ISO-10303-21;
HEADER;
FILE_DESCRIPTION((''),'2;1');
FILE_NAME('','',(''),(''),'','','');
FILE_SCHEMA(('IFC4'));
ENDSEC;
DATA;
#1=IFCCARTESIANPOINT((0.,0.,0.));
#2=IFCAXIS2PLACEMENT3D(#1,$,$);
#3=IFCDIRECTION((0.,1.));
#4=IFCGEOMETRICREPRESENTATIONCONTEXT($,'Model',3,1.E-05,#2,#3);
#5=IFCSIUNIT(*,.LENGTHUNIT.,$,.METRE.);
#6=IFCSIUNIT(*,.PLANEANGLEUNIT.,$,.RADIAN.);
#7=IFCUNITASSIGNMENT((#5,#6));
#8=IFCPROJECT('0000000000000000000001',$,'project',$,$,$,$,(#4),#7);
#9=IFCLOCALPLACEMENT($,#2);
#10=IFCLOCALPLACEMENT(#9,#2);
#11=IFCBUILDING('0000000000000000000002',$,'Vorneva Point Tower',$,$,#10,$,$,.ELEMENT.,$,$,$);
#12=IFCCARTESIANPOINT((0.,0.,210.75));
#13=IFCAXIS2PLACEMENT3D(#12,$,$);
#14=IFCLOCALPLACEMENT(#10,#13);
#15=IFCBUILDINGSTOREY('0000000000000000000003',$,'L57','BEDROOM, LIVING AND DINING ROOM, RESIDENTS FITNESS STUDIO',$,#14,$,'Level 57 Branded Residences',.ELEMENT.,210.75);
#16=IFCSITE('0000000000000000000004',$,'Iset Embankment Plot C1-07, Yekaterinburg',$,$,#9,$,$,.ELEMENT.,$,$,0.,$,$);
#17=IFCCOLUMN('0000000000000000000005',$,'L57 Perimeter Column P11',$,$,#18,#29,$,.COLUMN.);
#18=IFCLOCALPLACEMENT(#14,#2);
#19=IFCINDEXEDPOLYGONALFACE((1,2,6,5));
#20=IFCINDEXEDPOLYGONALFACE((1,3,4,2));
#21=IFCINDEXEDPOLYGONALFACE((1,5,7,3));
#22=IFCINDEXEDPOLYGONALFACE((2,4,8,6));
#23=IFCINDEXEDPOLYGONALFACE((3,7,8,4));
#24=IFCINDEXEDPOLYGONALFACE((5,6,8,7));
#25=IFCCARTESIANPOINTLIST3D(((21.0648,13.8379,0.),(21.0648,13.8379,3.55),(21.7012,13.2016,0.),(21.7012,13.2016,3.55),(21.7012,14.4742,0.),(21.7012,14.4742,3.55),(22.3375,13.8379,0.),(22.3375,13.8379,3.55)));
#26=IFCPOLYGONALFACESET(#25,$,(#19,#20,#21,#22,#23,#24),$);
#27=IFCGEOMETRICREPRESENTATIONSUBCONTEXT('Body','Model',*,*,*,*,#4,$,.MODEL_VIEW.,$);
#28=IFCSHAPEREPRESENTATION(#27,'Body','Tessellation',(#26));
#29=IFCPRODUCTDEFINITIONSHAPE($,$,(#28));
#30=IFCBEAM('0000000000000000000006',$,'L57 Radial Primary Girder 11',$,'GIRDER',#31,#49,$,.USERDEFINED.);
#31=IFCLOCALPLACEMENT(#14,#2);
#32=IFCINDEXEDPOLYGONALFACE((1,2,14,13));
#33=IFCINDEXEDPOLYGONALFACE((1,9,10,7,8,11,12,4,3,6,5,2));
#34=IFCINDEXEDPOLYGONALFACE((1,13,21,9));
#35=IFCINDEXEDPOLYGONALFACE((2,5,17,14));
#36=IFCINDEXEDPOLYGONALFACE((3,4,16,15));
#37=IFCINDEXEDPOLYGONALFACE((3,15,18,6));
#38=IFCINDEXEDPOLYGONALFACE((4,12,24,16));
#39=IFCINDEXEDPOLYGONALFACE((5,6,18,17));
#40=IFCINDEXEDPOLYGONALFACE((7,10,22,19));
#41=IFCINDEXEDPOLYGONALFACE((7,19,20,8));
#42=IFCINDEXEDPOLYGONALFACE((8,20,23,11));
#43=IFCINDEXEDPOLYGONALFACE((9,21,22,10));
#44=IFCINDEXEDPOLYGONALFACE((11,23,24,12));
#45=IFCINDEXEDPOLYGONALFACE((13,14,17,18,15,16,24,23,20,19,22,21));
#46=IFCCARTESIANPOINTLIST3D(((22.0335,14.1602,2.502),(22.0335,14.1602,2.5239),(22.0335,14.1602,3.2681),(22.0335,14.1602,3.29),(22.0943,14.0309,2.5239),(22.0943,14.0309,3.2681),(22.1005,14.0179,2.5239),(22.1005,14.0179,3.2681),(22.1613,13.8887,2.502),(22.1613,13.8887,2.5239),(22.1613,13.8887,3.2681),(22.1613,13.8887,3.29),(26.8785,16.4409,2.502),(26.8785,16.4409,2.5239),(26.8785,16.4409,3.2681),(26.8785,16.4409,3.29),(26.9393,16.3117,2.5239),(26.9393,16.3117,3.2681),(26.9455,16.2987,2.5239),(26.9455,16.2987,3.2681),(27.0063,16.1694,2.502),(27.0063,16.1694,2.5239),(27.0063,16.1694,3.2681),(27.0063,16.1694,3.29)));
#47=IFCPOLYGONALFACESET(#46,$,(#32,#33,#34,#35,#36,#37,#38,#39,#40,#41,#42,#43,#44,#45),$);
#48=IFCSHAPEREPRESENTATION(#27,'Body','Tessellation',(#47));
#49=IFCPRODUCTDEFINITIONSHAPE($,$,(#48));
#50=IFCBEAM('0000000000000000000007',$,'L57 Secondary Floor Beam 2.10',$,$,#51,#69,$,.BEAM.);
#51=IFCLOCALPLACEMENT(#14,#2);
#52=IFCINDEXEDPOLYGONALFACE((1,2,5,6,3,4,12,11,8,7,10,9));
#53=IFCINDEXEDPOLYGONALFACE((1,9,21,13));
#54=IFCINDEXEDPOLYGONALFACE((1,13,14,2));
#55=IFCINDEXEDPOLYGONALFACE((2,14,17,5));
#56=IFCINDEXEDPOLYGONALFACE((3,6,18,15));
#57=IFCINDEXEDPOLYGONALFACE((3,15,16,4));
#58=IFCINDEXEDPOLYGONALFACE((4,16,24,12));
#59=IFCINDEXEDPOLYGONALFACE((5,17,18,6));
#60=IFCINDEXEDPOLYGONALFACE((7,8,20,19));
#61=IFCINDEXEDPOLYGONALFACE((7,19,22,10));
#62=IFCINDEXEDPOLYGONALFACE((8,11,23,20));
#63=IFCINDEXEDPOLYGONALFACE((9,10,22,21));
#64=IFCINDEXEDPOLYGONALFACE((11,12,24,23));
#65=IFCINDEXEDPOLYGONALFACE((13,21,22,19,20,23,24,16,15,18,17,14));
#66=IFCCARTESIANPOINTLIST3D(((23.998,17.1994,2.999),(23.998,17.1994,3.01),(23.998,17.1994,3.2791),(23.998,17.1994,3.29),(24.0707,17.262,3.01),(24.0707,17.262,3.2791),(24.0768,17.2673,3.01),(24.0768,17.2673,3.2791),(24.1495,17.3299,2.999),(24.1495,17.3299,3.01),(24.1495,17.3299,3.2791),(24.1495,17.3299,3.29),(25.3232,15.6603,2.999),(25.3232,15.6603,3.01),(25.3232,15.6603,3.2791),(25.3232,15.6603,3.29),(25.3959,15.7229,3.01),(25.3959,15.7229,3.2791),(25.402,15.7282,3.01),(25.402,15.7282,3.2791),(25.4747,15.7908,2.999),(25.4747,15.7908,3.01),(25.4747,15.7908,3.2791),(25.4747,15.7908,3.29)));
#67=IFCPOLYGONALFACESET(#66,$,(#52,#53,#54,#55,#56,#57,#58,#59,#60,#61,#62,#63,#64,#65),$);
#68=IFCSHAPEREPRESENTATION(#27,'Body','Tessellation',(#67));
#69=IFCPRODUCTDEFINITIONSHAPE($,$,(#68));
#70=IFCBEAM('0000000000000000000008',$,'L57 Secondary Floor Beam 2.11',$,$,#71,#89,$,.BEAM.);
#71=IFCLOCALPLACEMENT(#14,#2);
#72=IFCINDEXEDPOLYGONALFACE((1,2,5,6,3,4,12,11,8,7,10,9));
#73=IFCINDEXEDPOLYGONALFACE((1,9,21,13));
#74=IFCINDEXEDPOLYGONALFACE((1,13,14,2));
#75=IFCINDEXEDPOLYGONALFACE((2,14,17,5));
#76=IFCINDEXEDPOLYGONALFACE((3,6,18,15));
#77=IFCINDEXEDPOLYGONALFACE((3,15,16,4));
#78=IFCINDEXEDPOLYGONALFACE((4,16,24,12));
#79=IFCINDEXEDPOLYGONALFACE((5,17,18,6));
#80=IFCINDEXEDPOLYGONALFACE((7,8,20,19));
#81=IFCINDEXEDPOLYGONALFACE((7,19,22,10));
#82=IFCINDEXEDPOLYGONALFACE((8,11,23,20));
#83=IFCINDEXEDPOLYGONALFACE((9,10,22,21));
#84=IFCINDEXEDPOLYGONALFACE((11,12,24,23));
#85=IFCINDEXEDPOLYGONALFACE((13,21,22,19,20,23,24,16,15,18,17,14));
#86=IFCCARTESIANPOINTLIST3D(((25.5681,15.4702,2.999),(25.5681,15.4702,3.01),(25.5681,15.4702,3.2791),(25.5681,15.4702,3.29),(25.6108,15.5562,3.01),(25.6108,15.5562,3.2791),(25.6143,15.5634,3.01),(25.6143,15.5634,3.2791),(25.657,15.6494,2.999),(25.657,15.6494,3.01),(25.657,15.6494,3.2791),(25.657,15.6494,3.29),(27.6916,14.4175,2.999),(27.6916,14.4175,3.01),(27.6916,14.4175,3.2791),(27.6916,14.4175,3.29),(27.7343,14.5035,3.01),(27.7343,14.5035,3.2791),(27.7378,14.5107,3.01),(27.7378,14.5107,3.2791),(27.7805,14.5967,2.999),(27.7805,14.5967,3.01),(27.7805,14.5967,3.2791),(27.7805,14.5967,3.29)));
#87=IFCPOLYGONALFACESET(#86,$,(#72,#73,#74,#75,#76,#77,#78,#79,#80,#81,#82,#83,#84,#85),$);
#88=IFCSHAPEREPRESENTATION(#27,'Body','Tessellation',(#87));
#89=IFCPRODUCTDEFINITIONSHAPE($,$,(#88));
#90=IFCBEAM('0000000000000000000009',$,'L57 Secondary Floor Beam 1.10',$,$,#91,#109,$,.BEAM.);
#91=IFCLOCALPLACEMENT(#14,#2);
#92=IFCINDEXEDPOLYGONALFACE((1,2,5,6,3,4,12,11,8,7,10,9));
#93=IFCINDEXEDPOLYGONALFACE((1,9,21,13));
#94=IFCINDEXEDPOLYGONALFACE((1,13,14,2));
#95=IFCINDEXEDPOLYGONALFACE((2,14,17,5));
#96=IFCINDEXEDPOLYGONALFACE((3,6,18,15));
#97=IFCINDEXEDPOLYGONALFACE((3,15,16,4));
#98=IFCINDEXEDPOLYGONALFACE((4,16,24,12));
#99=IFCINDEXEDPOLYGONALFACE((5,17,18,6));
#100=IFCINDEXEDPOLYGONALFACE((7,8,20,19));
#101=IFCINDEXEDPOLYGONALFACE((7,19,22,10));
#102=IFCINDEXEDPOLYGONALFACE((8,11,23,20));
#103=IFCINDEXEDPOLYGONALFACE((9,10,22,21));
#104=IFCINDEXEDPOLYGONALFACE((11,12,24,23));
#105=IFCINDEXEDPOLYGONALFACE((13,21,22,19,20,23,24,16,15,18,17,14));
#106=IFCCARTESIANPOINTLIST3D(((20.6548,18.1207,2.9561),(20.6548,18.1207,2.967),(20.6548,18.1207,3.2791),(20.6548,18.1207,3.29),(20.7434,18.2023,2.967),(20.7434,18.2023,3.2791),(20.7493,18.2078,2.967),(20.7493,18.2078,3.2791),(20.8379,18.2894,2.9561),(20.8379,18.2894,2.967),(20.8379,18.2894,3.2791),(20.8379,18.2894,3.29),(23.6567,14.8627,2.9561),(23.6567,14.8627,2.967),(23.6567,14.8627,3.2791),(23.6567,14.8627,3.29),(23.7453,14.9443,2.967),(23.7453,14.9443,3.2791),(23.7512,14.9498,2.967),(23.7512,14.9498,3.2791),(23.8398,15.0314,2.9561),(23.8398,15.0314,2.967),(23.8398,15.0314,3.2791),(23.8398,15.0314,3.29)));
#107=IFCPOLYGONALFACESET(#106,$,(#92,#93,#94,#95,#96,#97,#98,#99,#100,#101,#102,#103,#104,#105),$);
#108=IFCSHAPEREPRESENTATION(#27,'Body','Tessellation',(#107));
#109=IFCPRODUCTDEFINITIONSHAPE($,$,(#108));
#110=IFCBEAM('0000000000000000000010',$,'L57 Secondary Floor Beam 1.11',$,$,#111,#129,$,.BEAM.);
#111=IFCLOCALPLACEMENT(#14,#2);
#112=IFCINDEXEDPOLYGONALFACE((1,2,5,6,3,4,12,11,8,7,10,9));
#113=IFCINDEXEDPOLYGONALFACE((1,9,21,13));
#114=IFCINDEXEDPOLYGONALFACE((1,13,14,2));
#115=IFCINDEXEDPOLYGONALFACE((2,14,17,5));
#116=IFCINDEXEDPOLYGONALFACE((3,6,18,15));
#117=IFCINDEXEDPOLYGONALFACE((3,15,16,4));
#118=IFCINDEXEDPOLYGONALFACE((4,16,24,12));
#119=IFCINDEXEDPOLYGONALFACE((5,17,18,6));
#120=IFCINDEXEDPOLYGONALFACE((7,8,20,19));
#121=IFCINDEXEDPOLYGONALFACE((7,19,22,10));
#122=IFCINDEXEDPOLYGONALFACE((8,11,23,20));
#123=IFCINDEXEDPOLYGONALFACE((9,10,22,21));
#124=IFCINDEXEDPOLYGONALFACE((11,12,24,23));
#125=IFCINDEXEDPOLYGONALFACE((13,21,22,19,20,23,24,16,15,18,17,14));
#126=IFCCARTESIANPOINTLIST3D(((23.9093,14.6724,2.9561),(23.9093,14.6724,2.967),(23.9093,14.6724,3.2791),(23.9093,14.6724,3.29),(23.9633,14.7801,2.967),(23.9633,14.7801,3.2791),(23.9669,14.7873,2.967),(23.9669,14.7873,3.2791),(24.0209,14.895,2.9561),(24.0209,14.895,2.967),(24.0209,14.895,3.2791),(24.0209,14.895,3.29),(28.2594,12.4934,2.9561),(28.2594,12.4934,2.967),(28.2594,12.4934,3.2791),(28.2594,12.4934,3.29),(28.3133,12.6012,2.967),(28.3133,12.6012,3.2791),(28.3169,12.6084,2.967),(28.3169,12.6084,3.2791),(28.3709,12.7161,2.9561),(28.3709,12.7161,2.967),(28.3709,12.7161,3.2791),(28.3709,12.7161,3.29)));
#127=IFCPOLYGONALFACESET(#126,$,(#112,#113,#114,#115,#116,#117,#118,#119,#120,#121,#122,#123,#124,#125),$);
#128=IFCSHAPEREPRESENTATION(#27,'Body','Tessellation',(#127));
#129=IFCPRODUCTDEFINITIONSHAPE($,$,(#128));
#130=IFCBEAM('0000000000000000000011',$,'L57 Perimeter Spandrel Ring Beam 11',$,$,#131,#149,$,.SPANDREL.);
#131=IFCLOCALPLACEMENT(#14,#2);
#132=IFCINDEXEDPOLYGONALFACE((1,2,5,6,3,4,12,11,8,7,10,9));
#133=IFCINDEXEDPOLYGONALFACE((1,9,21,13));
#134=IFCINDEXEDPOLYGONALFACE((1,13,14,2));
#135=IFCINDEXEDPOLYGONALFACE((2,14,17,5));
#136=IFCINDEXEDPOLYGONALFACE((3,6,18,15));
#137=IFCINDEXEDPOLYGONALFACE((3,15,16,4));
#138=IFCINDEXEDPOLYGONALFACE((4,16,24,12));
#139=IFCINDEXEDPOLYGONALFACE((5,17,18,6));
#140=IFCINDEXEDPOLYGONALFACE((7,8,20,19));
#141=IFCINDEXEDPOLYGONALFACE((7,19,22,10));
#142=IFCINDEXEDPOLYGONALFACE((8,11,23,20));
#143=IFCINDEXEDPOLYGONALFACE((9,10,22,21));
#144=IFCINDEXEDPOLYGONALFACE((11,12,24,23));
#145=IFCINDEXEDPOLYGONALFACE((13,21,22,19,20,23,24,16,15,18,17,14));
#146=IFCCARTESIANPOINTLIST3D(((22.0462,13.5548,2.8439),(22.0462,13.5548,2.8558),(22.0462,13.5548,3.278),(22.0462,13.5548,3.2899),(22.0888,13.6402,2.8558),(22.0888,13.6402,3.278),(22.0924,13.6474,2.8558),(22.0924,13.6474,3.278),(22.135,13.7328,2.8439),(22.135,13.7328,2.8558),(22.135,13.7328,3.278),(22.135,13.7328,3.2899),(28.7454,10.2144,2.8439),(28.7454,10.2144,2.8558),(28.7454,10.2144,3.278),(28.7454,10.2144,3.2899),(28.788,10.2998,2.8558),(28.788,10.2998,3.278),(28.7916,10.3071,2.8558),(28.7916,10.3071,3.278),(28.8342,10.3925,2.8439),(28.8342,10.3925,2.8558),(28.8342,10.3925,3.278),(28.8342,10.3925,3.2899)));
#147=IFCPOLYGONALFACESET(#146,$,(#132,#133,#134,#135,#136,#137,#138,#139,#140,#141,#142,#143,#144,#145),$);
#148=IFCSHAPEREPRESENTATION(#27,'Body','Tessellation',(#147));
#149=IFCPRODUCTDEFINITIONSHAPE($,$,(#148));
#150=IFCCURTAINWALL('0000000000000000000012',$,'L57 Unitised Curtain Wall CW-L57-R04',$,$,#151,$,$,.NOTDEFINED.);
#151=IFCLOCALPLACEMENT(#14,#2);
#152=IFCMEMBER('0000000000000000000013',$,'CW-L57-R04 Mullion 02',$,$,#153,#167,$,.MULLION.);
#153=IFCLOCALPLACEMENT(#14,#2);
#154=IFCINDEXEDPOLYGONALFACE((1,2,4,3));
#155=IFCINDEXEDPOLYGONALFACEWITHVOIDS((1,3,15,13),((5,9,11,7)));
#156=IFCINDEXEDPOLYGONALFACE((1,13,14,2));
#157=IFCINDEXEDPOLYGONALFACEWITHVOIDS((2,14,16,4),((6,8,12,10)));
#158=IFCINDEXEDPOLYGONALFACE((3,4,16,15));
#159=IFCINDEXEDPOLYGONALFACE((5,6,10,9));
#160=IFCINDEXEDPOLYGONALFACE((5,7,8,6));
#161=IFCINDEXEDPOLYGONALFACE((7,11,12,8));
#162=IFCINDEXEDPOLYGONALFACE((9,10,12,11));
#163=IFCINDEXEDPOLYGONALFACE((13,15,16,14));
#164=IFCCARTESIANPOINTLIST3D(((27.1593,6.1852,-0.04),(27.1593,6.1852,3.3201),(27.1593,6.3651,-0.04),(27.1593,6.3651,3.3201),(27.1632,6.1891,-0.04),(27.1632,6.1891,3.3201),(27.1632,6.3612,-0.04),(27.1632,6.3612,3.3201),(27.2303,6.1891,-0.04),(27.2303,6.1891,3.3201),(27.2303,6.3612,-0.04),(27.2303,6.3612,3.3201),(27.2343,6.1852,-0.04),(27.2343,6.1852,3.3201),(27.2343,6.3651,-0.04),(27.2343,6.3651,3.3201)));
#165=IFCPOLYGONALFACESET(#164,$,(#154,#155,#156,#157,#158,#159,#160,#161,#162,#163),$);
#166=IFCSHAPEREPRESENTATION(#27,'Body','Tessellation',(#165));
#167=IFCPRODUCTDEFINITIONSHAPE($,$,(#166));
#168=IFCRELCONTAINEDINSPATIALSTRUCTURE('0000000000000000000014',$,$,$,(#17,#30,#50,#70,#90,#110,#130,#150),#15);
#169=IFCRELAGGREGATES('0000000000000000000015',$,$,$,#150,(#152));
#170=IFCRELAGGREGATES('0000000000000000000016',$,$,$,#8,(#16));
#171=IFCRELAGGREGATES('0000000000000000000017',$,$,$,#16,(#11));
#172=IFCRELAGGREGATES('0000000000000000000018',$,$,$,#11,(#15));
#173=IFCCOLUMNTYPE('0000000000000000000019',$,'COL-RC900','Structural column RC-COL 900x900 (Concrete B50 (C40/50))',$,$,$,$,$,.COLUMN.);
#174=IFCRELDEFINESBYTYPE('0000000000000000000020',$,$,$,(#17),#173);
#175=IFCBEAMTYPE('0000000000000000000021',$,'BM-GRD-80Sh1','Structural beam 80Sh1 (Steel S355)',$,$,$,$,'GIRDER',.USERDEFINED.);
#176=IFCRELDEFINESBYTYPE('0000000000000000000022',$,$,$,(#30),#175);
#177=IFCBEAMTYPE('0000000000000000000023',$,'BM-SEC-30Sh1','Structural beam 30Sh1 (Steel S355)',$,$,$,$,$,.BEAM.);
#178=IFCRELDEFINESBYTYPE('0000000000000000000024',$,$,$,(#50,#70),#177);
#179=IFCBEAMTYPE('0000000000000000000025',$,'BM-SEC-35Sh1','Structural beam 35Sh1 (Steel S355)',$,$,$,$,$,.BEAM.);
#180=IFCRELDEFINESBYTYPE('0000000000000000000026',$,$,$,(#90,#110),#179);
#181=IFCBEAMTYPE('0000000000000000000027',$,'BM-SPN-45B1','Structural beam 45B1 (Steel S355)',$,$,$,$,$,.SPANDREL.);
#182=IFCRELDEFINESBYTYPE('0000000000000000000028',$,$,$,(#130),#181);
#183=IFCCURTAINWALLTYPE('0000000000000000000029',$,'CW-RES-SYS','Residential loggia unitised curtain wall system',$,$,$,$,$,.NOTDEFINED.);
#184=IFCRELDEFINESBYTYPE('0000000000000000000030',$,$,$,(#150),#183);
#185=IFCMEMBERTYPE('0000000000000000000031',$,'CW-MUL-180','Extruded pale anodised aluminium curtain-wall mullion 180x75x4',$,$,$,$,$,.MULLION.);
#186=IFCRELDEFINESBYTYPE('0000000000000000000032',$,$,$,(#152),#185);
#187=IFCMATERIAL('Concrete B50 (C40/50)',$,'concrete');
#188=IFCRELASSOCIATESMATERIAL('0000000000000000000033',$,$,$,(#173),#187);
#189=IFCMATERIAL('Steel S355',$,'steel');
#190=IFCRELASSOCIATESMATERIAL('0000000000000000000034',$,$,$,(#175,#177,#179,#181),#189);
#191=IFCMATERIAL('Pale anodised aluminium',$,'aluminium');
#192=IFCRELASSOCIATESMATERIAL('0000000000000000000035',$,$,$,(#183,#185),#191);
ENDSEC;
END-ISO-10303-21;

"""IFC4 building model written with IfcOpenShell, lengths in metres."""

from ifc_helpers import new_model, si_unit, direction, frame, origin, origin_2d, place, context, subcontext, project, spatial, rectangle, hollow_rectangle, i_section, extrude, material, material_profile, profile_set, type_object, element, aggregate, save


model = new_model("IFC4")

# Units and contexts
model_context = context("Model", 3, precision=1e-05, world=origin(), true_north=direction((0.0, 1.0)))
body_context = subcontext(model_context, "Body", "Model", "MODEL_VIEW")
ifc_project = project(units=[si_unit("LENGTHUNIT", "METRE"), si_unit("PLANEANGLEUNIT", "RADIAN")], contexts=[model_context])

# Site, building, storey
site_placement = place(None, origin())
site = spatial("IfcSite", under=ifc_project, at=site_placement, Name="Iset Embankment Plot C1-07, Yekaterinburg", CompositionType="ELEMENT", RefElevation=0.0)
building_placement = place(site_placement, origin())
building = spatial("IfcBuilding", under=site, at=building_placement, Name="Vorneva Point Tower", CompositionType="ELEMENT")
storey_placement = place(building_placement, frame((0.0, 0.0, 210.75)))
storey = spatial("IfcBuildingStorey", under=building, at=storey_placement, Name="L57", Description="BEDROOM, LIVING AND DINING ROOM, RESIDENTS FITNESS STUDIO", LongName="Level 57 Branded Residences", CompositionType="ELEMENT", Elevation=210.75)

# Column
ifc_material_1 = material(Name="Concrete B50 (C40/50)", Category="concrete")
ifc_material_profile_1 = material_profile(ifc_material_1, rectangle(XDim=0.8999, YDim=0.8999, at=origin_2d()), Name="RC-COL 900x900")
ifc_profile_set_1 = profile_set([ifc_material_profile_1], Name="Concrete B50 (C40/50)")
column_type = type_object("IfcColumnType", Name="COL-RC900", Description="Structural column RC-COL 900x900 (Concrete B50 (C40/50))", PredefinedType="COLUMN", material=ifc_profile_set_1)
column_placement = place(storey_placement, frame((21.7012, 13.8379, 0.0), z_axis=(0.0, 0.0, 1.0), x_axis=(-0.707107, -0.707107, 0.0)))
element("IfcColumn", 1, at=column_placement, inside=storey, type_object=column_type, Name="L57 Perimeter Column P11", PredefinedType="COLUMN", context=body_context, shape_type="SweptSolid", body=[
    extrude(rectangle(XDim=0.8999, YDim=0.8999, at=origin_2d()), origin(), (0.0, 0.0, 1.0), 3.55),
])

# Beams
ifc_material_2 = material(Name="Steel S355", Category="steel")
ifc_material_profile_2 = material_profile(ifc_material_2, i_section(OverallWidth=0.3, OverallDepth=0.7881, WebThickness=0.0144, FlangeThickness=0.022, at=origin_2d()), Name="80Sh1")
ifc_profile_set_2 = profile_set([ifc_material_profile_2], Name="Steel S355")
beam_type_1 = type_object("IfcBeamType", Name="BM-GRD-80Sh1", Description="Structural beam 80Sh1 (Steel S355)", ElementType="GIRDER", PredefinedType="USERDEFINED", material=ifc_profile_set_2)
beam_1_placement = place(storey_placement, frame((22.0974, 14.0244, 2.896), z_axis=(0.904763, 0.425916, 0.0), x_axis=(-0.425916, 0.904763, 0.0)))
element("IfcBeam", 2, at=beam_1_placement, inside=storey, type_object=beam_type_1, Name="L57 Radial Primary Girder 11", ObjectType="GIRDER", PredefinedType="USERDEFINED", context=body_context, shape_type="SweptSolid", body=[
    extrude(i_section(OverallWidth=0.3, OverallDepth=0.7881, WebThickness=0.0144, FlangeThickness=0.022, at=origin_2d()), origin(), (0.0, 0.0, 1.0), 5.355),
])
ifc_material_profile_3 = material_profile(ifc_material_2, i_section(OverallWidth=0.2, OverallDepth=0.291, WebThickness=0.0081, FlangeThickness=0.011, at=origin_2d()), Name="30Sh1")
ifc_profile_set_3 = profile_set([ifc_material_profile_3], Name="Steel S355")
beam_type_2 = type_object("IfcBeamType", Name="BM-SEC-30Sh1", Description="Structural beam 30Sh1 (Steel S355)", PredefinedType="BEAM", material=ifc_profile_set_3)
beam_2_placement = place(storey_placement, frame((24.0737, 17.2646, 3.1445), z_axis=(0.652492, -0.757795, 0.0), x_axis=(0.757795, 0.652492, 0.0)))
element("IfcBeam", 3, at=beam_2_placement, inside=storey, type_object=beam_type_2, Name="L57 Secondary Floor Beam 2.10", PredefinedType="BEAM", context=body_context, shape_type="SweptSolid", body=[
    extrude(i_section(OverallWidth=0.2, OverallDepth=0.291, WebThickness=0.0081, FlangeThickness=0.011, at=origin_2d()), origin(), (0.0, 0.0, 1.0), 2.031),
])
beam_3_placement = place(storey_placement, frame((25.6125, 15.5598, 3.1445), z_axis=(0.895946, -0.444162, 0.0), x_axis=(0.444162, 0.895946, 0.0)))
element("IfcBeam", 4, at=beam_3_placement, inside=storey, type_object=beam_type_2, Name="L57 Secondary Floor Beam 2.11", PredefinedType="BEAM", context=body_context, shape_type="SweptSolid", body=[
    extrude(i_section(OverallWidth=0.2, OverallDepth=0.291, WebThickness=0.0081, FlangeThickness=0.011, at=origin_2d()), origin(), (0.0, 0.0, 1.0), 2.3701),
])
ifc_material_profile_4 = material_profile(ifc_material_2, i_section(OverallWidth=0.249, OverallDepth=0.334, WebThickness=0.0081, FlangeThickness=0.011, at=origin_2d()), Name="35Sh1")
ifc_profile_set_4 = profile_set([ifc_material_profile_4], Name="Steel S355")
beam_type_3 = type_object("IfcBeamType", Name="BM-SEC-35Sh1", Description="Structural beam 35Sh1 (Steel S355)", PredefinedType="BEAM", material=ifc_profile_set_4)
beam_4_placement = place(storey_placement, frame((20.7463, 18.2051, 3.123), z_axis=(0.677611, -0.73542, 0.0), x_axis=(0.73542, 0.677611, 0.0)))
element("IfcBeam", 5, at=beam_4_placement, inside=storey, type_object=beam_type_3, Name="L57 Secondary Floor Beam 1.10", PredefinedType="BEAM", context=body_context, shape_type="SweptSolid", body=[
    extrude(i_section(OverallWidth=0.249, OverallDepth=0.334, WebThickness=0.0081, FlangeThickness=0.011, at=origin_2d()), origin(), (0.0, 0.0, 1.0), 4.4302),
])
beam_5_placement = place(storey_placement, frame((23.9651, 14.7837, 3.123), z_axis=(0.894106, -0.447856, 0.0), x_axis=(0.447856, 0.894106, 0.0)))
element("IfcBeam", 6, at=beam_5_placement, inside=storey, type_object=beam_type_3, Name="L57 Secondary Floor Beam 1.11", PredefinedType="BEAM", context=body_context, shape_type="SweptSolid", body=[
    extrude(i_section(OverallWidth=0.249, OverallDepth=0.334, WebThickness=0.0081, FlangeThickness=0.011, at=origin_2d()), origin(), (0.0, 0.0, 1.0), 4.8652),
])
ifc_material_profile_5 = material_profile(ifc_material_2, i_section(OverallWidth=0.199, OverallDepth=0.446, WebThickness=0.0081, FlangeThickness=0.012, at=origin_2d()), Name="45B1")
ifc_profile_set_5 = profile_set([ifc_material_profile_5], Name="Steel S355")
beam_type_4 = type_object("IfcBeamType", Name="BM-SPN-45B1", Description="Structural beam 45B1 (Steel S355)", PredefinedType="SPANDREL", material=ifc_profile_set_5)
beam_6_placement = place(storey_placement, frame((22.0906, 13.6438, 3.0669), z_axis=(0.894922, -0.446222, 0.0), x_axis=(0.446222, 0.894922, 0.0)))
element("IfcBeam", 7, at=beam_6_placement, inside=storey, type_object=beam_type_4, Name="L57 Perimeter Spandrel Ring Beam 11", PredefinedType="SPANDREL", context=body_context, shape_type="SweptSolid", body=[
    extrude(i_section(OverallWidth=0.199, OverallDepth=0.446, WebThickness=0.0081, FlangeThickness=0.012, at=origin_2d()), origin(), (0.0, 0.0, 1.0), 7.4858),
])

# Curtain wall, member
ifc_material_3 = material(Name="Pale anodised aluminium", Category="aluminium")
curtain_wall_type = type_object("IfcCurtainWallType", Name="CW-RES-SYS", Description="Residential loggia unitised curtain wall system", PredefinedType="NOTDEFINED", material=ifc_material_3)
curtain_wall_placement = place(storey_placement, origin())
curtain_wall = element("IfcCurtainWall", 8, at=curtain_wall_placement, inside=storey, type_object=curtain_wall_type, Name="L57 Unitised Curtain Wall CW-L57-R04", PredefinedType="NOTDEFINED")
ifc_material_profile_6 = material_profile(ifc_material_3, hollow_rectangle(XDim=0.075, YDim=0.1799, WallThickness=0.0039, at=origin_2d()), Name="AL-MUL 180x75x4")
ifc_profile_set_6 = profile_set([ifc_material_profile_6], Name="Pale anodised aluminium")
member_type_1 = type_object("IfcMemberType", Name="CW-MUL-180", Description="Extruded pale anodised aluminium curtain-wall mullion 180x75x4", PredefinedType="MULLION", material=ifc_profile_set_6)
member_1_placement = place(storey_placement, frame((27.1968, 6.2751, -0.04), z_axis=(0.0, 0.0, 1.0), x_axis=(1.0, 0.0, 0.0)))
member_1 = element("IfcMember", 9, at=member_1_placement, type_object=member_type_1, Name="CW-L57-R04 Mullion 02", PredefinedType="MULLION", context=body_context, shape_type="SweptSolid", body=[
    extrude(hollow_rectangle(XDim=0.075, YDim=0.1799, WallThickness=0.0039, at=origin_2d()), origin(), (0.0, 0.0, 1.0), 3.3601),
])
aggregate(curtain_wall, [member_1])

save(model, "model.ifc")
